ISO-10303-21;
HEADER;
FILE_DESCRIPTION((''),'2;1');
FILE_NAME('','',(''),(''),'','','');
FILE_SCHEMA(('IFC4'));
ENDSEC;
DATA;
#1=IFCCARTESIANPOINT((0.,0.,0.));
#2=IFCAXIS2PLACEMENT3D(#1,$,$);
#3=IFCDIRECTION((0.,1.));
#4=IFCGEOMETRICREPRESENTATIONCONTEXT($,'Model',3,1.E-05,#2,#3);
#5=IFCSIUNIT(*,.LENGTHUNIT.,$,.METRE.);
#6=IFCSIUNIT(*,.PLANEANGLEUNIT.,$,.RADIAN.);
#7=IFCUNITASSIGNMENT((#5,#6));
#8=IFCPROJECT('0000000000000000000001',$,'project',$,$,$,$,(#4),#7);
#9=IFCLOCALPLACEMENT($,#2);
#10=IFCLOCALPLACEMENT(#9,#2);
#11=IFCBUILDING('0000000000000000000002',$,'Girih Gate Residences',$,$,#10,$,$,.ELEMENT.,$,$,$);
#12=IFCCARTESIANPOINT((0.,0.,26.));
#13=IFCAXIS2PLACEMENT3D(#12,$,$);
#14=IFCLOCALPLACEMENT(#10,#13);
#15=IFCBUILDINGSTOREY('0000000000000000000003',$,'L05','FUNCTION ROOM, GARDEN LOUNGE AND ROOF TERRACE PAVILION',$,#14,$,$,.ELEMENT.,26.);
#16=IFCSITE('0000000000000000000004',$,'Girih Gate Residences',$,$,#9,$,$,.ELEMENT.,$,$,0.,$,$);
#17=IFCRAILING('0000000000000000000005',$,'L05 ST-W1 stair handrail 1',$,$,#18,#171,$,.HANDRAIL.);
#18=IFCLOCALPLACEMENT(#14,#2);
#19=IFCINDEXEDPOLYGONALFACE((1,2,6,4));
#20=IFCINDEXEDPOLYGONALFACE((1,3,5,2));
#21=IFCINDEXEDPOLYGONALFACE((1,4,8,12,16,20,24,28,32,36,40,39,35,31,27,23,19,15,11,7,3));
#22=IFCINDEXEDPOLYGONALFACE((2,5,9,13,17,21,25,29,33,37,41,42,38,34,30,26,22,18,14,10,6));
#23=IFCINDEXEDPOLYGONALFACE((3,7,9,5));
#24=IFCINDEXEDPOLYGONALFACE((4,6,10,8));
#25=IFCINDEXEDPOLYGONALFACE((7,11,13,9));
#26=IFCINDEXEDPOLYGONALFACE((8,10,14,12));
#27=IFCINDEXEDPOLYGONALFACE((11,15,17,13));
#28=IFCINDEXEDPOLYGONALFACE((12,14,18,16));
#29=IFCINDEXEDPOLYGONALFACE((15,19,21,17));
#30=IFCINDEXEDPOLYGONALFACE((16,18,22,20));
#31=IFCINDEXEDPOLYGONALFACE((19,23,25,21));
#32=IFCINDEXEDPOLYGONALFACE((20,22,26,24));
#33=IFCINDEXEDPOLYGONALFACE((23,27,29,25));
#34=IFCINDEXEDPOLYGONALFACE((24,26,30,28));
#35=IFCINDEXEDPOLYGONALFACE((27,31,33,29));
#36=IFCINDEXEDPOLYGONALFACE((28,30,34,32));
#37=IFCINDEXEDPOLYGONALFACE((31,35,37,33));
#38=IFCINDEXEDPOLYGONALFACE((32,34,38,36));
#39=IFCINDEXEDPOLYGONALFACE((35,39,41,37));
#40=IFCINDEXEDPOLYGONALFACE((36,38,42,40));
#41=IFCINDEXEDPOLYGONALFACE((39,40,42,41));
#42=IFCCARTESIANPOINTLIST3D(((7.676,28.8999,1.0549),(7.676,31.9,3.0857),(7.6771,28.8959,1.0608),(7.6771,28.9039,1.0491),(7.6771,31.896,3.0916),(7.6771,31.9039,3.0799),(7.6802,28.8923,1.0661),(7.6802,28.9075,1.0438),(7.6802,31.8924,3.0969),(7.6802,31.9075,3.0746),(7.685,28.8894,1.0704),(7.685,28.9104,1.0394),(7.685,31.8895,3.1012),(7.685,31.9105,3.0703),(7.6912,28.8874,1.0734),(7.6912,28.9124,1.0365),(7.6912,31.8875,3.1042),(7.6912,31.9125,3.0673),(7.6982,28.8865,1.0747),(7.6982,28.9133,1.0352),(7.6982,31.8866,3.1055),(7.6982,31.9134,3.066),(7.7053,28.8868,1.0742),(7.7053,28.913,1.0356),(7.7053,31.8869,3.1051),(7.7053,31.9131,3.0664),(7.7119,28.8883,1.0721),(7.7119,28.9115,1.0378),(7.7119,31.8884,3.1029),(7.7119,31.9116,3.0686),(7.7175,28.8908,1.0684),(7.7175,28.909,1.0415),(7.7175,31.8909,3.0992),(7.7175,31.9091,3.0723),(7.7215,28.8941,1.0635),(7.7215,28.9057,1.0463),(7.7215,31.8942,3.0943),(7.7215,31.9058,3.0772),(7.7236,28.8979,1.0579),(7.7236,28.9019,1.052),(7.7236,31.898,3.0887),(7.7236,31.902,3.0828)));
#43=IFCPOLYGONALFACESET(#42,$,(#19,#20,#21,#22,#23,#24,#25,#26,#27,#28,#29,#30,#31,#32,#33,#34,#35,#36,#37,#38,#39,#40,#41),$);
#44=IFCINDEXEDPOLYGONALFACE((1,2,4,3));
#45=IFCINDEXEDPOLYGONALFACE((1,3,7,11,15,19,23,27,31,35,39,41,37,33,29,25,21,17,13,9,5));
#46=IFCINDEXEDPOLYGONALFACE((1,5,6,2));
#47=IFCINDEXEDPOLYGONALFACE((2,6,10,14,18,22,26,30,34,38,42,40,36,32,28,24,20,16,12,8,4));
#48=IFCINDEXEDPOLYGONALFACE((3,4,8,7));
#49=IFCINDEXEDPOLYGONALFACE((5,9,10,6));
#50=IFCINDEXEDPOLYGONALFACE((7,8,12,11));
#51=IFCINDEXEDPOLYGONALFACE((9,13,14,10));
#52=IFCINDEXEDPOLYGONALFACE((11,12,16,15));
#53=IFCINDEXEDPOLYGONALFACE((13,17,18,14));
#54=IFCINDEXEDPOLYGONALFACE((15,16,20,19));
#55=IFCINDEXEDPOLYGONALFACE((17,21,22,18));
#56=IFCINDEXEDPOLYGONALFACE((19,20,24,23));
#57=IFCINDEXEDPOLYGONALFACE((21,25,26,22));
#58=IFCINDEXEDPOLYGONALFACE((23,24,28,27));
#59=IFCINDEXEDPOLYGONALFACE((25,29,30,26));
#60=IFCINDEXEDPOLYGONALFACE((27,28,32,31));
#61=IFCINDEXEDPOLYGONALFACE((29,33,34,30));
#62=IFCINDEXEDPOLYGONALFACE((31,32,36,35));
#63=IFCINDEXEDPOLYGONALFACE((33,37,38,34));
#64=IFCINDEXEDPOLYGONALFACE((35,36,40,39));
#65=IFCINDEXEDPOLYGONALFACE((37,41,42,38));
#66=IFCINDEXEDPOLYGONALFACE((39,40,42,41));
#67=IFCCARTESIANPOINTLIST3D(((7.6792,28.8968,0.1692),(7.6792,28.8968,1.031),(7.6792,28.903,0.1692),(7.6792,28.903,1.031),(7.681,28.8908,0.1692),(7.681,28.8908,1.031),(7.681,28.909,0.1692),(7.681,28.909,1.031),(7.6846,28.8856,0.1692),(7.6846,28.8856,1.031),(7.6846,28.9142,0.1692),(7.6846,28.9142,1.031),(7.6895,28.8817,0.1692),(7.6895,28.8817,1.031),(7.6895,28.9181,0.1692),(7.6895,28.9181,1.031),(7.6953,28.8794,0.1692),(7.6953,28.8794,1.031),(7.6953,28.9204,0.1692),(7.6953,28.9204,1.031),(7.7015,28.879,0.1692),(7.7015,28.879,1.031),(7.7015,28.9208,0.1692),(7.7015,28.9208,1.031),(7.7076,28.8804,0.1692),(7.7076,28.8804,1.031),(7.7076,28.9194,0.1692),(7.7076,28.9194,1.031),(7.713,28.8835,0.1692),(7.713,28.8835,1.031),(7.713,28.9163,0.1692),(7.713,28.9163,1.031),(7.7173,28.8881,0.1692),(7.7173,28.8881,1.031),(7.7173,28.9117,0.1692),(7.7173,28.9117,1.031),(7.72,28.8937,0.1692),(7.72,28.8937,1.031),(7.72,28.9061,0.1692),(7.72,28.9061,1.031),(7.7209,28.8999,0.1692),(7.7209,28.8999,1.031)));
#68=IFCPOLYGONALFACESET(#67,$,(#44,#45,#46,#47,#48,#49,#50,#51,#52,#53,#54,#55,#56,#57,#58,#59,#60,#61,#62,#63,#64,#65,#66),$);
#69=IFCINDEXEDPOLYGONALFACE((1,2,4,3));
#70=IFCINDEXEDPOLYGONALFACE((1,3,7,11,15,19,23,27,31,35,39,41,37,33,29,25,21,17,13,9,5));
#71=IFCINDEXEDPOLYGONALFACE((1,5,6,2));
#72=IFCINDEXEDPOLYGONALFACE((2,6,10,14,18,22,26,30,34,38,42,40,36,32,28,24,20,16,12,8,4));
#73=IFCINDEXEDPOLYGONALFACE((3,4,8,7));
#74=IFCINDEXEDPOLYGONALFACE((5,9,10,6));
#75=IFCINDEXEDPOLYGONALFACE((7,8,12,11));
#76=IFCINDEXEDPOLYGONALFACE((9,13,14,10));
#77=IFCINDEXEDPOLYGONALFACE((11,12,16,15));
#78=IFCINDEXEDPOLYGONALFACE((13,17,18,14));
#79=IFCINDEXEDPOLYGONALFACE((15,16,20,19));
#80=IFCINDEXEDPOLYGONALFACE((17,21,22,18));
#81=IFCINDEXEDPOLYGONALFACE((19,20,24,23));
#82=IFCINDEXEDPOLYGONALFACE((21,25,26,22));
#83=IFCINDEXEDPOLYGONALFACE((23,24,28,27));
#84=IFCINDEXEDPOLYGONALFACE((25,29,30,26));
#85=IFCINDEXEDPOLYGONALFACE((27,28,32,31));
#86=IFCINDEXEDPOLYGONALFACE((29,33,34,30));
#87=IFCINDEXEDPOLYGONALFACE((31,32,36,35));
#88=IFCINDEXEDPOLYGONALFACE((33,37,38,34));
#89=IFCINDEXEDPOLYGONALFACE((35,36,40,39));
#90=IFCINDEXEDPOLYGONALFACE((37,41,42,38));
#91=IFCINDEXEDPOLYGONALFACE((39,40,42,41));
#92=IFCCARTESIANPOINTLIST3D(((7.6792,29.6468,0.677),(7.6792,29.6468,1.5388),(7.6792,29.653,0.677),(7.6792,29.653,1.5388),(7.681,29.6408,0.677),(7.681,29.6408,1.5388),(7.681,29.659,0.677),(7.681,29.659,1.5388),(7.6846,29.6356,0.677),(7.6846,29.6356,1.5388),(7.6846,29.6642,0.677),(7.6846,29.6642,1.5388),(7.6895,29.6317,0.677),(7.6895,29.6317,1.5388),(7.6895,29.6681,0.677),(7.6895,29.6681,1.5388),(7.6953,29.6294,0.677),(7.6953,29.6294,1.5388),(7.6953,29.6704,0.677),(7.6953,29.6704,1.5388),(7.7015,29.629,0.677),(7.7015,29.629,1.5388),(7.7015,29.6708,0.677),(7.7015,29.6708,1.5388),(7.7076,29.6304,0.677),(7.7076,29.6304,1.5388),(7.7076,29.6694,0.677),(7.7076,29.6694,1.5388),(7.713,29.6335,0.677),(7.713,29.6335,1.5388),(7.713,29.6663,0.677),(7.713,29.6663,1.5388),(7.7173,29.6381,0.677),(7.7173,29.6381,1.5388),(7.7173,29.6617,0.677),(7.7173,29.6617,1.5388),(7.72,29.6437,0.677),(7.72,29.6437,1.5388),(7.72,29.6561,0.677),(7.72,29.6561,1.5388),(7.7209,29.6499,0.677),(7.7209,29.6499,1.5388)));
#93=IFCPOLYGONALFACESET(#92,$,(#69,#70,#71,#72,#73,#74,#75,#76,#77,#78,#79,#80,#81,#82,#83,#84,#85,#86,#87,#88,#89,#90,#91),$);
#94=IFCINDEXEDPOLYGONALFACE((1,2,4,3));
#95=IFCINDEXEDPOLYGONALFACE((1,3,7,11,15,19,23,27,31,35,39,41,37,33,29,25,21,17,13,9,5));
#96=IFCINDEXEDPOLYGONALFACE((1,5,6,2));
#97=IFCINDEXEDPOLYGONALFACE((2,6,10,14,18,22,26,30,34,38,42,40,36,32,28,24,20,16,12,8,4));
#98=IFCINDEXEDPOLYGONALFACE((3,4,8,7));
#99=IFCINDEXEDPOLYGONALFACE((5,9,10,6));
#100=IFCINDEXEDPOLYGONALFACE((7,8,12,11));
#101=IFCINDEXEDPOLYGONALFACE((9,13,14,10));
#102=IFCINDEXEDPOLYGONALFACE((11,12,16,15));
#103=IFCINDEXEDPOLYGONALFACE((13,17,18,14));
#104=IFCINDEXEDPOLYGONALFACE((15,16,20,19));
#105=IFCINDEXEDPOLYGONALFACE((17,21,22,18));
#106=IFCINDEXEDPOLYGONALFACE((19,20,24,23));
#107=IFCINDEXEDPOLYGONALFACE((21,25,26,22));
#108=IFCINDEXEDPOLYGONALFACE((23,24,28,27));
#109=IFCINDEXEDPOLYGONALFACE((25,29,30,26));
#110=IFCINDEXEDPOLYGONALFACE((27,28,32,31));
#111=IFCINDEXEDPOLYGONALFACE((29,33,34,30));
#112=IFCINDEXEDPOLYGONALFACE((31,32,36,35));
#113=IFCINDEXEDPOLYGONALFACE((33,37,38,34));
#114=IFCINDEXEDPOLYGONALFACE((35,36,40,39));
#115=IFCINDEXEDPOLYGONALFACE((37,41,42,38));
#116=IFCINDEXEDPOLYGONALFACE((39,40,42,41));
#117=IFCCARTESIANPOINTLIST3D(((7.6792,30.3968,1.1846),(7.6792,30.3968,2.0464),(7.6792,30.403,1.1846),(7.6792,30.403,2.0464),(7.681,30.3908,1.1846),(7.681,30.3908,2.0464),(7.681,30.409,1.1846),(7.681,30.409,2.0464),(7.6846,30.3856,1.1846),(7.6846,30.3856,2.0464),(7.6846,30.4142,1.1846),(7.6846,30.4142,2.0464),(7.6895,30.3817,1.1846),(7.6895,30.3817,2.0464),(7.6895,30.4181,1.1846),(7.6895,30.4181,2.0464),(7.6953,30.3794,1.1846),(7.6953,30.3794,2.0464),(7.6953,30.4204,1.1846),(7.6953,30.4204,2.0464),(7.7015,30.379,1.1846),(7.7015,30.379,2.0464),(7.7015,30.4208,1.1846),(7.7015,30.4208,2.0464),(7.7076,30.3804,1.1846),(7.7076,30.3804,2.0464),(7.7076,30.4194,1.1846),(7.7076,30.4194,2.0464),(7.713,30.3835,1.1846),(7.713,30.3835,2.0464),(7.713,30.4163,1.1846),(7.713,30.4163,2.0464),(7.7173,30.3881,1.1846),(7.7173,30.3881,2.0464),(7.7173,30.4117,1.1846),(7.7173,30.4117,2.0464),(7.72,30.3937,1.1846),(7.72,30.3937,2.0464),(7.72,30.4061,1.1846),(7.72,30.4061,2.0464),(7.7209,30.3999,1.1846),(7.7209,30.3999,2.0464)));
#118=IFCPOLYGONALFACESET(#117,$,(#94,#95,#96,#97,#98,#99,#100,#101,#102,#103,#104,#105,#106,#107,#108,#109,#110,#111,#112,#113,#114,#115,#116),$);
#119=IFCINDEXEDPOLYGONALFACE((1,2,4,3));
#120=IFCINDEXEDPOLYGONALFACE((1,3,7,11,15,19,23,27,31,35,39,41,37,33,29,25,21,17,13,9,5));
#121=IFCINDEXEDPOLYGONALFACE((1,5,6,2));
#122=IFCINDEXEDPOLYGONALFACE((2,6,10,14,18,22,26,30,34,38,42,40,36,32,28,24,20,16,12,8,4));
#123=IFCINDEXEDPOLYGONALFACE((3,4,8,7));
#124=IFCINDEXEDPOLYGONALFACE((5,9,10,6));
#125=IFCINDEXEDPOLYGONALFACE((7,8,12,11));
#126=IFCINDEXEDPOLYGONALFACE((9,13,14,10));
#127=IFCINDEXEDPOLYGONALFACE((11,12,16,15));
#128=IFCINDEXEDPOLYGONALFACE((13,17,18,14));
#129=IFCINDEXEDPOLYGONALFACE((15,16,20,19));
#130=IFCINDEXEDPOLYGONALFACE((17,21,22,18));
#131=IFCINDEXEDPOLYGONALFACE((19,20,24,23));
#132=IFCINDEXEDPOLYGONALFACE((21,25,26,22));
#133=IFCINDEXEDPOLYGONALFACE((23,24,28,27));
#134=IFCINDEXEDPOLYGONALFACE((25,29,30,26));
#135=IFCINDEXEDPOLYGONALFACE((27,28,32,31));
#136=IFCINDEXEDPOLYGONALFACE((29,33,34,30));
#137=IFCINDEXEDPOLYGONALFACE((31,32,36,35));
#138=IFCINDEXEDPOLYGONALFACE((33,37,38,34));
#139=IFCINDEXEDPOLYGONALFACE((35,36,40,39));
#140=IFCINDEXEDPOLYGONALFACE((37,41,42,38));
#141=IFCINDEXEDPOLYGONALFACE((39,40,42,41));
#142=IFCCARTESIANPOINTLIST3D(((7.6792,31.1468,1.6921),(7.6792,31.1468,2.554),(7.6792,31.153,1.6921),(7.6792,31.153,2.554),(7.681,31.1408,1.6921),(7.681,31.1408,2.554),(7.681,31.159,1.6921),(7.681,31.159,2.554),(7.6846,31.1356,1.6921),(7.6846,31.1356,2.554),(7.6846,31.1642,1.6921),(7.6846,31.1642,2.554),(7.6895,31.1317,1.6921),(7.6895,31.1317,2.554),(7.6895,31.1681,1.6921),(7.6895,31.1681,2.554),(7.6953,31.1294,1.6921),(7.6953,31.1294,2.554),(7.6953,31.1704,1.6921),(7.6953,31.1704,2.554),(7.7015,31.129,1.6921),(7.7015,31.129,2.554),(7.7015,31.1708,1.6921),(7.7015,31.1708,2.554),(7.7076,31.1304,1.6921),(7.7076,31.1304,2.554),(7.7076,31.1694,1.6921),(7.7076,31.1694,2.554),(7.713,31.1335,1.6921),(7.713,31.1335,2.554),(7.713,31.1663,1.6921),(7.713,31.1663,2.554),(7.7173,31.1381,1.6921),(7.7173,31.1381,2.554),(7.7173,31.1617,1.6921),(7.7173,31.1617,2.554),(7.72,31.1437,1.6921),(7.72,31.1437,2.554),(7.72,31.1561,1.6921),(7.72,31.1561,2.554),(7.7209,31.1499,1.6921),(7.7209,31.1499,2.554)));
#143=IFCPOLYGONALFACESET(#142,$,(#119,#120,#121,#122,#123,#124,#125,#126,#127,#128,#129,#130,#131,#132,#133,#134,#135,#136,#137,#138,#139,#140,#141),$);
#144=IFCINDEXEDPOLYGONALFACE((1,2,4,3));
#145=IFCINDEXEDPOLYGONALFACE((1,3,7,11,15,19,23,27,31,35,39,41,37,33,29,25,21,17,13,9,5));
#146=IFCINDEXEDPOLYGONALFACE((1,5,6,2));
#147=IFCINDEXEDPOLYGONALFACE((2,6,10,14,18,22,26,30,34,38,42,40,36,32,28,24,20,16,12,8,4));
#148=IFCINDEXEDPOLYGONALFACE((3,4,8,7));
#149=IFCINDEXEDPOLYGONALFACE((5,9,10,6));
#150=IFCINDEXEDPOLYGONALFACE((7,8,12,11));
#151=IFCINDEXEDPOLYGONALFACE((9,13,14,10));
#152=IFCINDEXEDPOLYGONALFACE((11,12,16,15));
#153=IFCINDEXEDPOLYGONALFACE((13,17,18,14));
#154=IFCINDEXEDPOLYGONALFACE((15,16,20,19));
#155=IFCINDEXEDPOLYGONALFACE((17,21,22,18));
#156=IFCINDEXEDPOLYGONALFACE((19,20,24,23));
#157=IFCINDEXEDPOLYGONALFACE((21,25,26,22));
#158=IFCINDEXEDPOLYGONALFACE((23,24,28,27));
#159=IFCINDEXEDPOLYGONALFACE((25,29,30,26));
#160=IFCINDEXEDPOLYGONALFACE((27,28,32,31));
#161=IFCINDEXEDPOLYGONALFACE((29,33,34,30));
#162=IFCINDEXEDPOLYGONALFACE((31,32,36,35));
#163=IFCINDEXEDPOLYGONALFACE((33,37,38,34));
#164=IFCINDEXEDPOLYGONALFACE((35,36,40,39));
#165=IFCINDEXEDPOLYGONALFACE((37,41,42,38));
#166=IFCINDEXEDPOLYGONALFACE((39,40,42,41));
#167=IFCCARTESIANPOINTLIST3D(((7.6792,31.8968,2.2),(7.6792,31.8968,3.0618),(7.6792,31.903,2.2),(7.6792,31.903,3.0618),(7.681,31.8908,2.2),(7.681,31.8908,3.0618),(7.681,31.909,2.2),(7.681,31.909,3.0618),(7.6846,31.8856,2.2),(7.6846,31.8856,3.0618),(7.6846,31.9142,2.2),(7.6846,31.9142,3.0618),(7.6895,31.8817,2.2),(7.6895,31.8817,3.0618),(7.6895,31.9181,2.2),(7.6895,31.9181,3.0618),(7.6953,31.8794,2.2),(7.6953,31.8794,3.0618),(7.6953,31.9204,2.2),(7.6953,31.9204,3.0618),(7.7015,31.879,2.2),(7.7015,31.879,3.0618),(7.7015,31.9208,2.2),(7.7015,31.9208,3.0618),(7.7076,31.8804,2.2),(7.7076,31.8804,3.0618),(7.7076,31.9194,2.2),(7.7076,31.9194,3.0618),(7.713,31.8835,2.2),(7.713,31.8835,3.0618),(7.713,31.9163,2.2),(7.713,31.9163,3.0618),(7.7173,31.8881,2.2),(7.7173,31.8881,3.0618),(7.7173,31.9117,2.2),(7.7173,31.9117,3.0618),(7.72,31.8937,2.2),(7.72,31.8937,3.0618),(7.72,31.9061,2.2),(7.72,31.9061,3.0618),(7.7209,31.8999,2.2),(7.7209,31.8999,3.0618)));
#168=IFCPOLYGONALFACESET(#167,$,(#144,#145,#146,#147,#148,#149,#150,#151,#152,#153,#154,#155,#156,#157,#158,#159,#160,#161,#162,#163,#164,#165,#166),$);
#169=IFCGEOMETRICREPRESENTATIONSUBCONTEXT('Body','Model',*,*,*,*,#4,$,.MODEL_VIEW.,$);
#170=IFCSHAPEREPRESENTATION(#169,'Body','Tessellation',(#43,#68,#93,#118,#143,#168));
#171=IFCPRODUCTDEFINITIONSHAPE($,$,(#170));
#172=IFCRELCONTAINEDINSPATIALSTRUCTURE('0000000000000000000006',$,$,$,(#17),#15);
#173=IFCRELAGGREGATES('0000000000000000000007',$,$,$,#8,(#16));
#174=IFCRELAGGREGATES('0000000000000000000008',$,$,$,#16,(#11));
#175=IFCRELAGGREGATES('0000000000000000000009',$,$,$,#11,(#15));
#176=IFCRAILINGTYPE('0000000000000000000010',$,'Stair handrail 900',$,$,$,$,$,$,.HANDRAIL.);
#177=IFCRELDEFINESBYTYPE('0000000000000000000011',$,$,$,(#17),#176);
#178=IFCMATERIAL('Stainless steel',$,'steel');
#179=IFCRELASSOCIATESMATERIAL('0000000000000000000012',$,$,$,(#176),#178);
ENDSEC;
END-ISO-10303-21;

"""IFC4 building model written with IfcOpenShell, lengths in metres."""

from ifc_helpers import new_model, si_unit, direction, frame, origin, origin_2d, place, context, subcontext, project, spatial, circle, extrude, material, type_object, element, save


model = new_model("IFC4")

# Units and contexts
model_context = context("Model", 3, precision=1e-05, world=origin(), true_north=direction((0.0, 1.0)))
body_context = subcontext(model_context, "Body", "Model", "MODEL_VIEW")
ifc_project = project(units=[si_unit("LENGTHUNIT", "METRE"), si_unit("PLANEANGLEUNIT", "RADIAN")], contexts=[model_context])

# Site, building, storey
site_placement = place(None, origin())
site = spatial("IfcSite", under=ifc_project, at=site_placement, Name="Girih Gate Residences", CompositionType="ELEMENT", RefElevation=0.0)
building_placement = place(site_placement, origin())
building = spatial("IfcBuilding", under=site, at=building_placement, Name="Girih Gate Residences", CompositionType="ELEMENT")
storey_placement = place(building_placement, frame((0.0, 0.0, 26.0)))
storey = spatial("IfcBuildingStorey", under=building, at=storey_placement, Name="L05", Description="FUNCTION ROOM, GARDEN LOUNGE AND ROOF TERRACE PAVILION", CompositionType="ELEMENT", Elevation=26.0)

# Railing
ifc_material_1 = material(Name="Stainless steel", Category="steel")
railing_type_1 = type_object("IfcRailingType", Name="Stair handrail 900", PredefinedType="HANDRAIL", material=ifc_material_1)
railing_1_placement = place(storey_placement, frame((7.7, 28.8999, 0.1692)))
element("IfcRailing", 1, at=railing_1_placement, inside=storey, type_object=railing_type_1, Name="L05 ST-W1 stair handrail 1", PredefinedType="HANDRAIL", context=body_context, shape_type="SweptSolid", body=[
    extrude(circle(Radius=0.0239, at=origin_2d()), frame((0.0, 0.0, 0.8857), z_axis=(0.0, 0.82811, 0.560565), x_axis=(-1.0, 0.0, 0.0)), (0.0, 0.0, 1.0), 3.6228),
    extrude(circle(Radius=0.021, at=origin_2d()), origin(), (0.0, 0.0, 1.0), 0.8618),
    extrude(circle(Radius=0.021, at=origin_2d()), frame((0.0, 0.75, 0.5078)), (0.0, 0.0, 1.0), 0.8618),
    extrude(circle(Radius=0.021, at=origin_2d()), frame((0.0, 1.5, 1.0154)), (0.0, 0.0, 1.0), 0.8618),
    extrude(circle(Radius=0.021, at=origin_2d()), frame((0.0, 2.25, 1.5229)), (0.0, 0.0, 1.0), 0.8618),
    extrude(circle(Radius=0.021, at=origin_2d()), frame((0.0, 3.0, 2.0308)), (0.0, 0.0, 1.0), 0.8618),
])

save(model, "model.ifc")
